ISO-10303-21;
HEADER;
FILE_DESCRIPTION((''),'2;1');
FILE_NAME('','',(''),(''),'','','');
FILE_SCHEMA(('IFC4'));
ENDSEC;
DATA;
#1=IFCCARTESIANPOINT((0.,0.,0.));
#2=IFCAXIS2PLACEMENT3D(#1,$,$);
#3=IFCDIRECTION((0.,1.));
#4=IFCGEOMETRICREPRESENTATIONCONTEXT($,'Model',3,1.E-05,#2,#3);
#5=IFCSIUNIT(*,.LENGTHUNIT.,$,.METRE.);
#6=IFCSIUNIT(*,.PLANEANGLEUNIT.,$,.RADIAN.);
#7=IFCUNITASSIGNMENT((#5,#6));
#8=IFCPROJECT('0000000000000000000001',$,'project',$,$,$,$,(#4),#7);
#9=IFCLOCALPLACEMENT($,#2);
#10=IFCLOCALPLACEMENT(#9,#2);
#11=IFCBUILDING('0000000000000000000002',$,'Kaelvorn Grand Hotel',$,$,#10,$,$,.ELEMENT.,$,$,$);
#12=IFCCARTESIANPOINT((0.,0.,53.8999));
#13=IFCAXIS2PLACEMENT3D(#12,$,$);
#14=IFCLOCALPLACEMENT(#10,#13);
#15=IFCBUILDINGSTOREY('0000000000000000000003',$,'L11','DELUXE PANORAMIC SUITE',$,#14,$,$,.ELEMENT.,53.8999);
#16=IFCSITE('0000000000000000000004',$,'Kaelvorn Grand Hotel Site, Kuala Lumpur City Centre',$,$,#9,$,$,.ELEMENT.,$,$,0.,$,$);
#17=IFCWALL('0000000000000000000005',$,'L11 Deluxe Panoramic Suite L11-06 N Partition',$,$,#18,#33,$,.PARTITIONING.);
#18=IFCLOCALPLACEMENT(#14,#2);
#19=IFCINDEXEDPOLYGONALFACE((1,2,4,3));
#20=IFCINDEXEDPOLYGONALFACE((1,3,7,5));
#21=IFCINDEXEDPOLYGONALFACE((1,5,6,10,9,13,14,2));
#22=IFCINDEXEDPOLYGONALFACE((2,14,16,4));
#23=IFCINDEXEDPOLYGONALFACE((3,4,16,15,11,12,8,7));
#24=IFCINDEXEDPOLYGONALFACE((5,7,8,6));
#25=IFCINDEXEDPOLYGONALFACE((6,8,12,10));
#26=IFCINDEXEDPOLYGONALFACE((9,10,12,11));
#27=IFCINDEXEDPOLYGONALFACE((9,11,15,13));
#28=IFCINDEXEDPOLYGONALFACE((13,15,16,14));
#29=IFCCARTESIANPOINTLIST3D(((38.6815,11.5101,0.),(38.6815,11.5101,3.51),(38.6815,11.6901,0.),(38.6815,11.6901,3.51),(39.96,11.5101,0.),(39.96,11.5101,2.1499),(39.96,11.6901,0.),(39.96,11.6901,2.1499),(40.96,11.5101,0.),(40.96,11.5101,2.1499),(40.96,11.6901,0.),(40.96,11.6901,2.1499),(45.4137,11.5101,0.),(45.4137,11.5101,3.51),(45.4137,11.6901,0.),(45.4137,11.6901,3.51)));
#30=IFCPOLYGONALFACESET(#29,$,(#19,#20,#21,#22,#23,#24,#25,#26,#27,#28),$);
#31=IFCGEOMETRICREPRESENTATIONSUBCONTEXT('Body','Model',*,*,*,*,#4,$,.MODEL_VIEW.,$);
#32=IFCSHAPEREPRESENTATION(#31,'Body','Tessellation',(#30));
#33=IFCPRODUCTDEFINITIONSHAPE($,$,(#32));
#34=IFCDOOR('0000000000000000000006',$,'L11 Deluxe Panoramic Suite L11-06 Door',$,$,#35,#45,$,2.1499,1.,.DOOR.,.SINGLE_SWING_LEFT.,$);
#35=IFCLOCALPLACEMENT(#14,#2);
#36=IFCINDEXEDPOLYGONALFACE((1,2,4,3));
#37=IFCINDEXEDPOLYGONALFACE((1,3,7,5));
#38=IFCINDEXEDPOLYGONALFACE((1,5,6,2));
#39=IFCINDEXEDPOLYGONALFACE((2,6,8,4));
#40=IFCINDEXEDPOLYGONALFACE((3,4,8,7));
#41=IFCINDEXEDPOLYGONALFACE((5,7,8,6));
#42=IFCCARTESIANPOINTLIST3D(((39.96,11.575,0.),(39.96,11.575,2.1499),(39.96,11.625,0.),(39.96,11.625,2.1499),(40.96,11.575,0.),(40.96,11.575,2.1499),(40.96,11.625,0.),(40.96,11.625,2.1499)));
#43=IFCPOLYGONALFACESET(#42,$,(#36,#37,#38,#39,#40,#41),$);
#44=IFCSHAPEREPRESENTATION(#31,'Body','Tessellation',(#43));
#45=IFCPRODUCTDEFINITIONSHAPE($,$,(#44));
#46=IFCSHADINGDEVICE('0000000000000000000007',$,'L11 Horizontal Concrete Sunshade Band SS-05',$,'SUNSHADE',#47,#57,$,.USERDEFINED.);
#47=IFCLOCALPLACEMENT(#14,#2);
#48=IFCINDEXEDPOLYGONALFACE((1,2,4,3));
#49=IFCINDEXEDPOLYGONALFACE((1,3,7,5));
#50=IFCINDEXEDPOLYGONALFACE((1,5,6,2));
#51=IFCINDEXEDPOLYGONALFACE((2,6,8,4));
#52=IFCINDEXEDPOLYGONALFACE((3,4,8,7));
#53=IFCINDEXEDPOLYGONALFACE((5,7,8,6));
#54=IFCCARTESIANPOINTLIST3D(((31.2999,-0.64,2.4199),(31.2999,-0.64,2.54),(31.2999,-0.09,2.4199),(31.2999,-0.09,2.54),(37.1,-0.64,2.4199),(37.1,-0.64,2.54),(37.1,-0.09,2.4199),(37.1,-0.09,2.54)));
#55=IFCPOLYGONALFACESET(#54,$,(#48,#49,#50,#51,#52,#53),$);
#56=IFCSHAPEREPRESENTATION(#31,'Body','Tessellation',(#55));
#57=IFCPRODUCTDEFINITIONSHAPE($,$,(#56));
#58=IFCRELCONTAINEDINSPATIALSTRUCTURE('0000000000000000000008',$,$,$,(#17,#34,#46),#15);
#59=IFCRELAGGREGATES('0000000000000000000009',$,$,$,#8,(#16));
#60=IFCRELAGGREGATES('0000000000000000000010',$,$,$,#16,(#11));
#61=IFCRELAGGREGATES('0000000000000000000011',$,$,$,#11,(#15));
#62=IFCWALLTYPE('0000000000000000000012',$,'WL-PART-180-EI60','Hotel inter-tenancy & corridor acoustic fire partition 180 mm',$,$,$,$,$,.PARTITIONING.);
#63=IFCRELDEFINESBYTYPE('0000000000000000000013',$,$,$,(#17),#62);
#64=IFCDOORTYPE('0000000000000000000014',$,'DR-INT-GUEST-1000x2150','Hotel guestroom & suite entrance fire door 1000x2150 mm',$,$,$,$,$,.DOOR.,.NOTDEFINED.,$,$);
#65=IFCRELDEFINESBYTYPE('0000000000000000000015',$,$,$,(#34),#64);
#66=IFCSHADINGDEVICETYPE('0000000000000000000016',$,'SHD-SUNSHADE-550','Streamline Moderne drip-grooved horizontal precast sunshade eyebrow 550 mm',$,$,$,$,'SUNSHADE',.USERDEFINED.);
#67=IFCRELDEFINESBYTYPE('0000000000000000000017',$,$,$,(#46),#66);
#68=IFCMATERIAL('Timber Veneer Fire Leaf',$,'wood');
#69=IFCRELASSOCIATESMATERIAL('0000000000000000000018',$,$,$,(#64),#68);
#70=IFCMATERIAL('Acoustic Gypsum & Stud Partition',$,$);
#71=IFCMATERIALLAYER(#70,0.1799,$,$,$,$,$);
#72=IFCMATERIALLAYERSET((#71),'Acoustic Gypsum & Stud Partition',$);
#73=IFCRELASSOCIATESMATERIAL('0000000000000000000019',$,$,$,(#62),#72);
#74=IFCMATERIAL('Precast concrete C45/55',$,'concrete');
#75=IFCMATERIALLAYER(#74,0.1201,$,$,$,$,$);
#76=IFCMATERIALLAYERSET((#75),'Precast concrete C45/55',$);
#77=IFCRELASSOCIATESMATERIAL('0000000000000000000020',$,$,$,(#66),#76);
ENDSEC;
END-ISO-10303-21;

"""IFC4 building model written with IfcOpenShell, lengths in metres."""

from ifc_helpers import new_model, si_unit, direction, frame, frame_2d, origin, origin_2d, place, context, subcontext, project, spatial, rectangle, extrude, material, layer, layer_set, type_object, element, fill, save


model = new_model("IFC4")

# Units and contexts
model_context = context("Model", 3, precision=1e-05, world=origin(), true_north=direction((0.0, 1.0)))
body_context = subcontext(model_context, "Body", "Model", "MODEL_VIEW")
ifc_project = project(units=[si_unit("LENGTHUNIT", "METRE"), si_unit("PLANEANGLEUNIT", "RADIAN")], contexts=[model_context])

# Site, building, storey
site_placement = place(None, origin())
site = spatial("IfcSite", under=ifc_project, at=site_placement, Name="Kaelvorn Grand Hotel Site, Kuala Lumpur City Centre", CompositionType="ELEMENT", RefElevation=0.0)
building_placement = place(site_placement, origin())
building = spatial("IfcBuilding", under=site, at=building_placement, Name="Kaelvorn Grand Hotel", CompositionType="ELEMENT")
storey_placement = place(building_placement, frame((0.0, 0.0, 53.8999)))
storey = spatial("IfcBuildingStorey", under=building, at=storey_placement, Name="L11", Description="DELUXE PANORAMIC SUITE", CompositionType="ELEMENT", Elevation=53.8999)

# Shared definitions
ifc_material_1 = material(Name="Acoustic Gypsum & Stud Partition")
ifc_material_2 = material(Name="Timber Veneer Fire Leaf", Category="wood")
door_type_1 = type_object("IfcDoorType", Name="DR-INT-GUEST-1000x2150", Description="Hotel guestroom & suite entrance fire door 1000x2150 mm", OperationType="NOTDEFINED", PredefinedType="DOOR", material=ifc_material_2)

# Shared definitions
ifc_layer_1 = layer(ifc_material_1, 0.1799)
ifc_layer_set_1 = layer_set([ifc_layer_1], Name="Acoustic Gypsum & Stud Partition")
wall_type_1 = type_object("IfcWallType", Name="WL-PART-180-EI60", Description="Hotel inter-tenancy & corridor acoustic fire partition 180 mm", PredefinedType="PARTITIONING", material=ifc_layer_set_1)

# Wall, opening, door
wall_1_placement = place(storey_placement, frame((38.6814, 11.6001, 0.0), z_axis=(0.0, 0.0, 1.0), x_axis=(1.0, 0.0, 0.0)))
wall_1 = element("IfcWall", 1, at=wall_1_placement, inside=storey, type_object=wall_type_1, Name="L11 Deluxe Panoramic Suite L11-06 N Partition", PredefinedType="PARTITIONING", context=body_context, shape_type="SweptSolid", body=[
    extrude(rectangle(XDim=6.7322, YDim=0.1799, at=frame_2d((3.3662, 0.0))), origin(), (0.0, 0.0, 1.0), 3.51),
])
opening_1_placement = place(wall_1_placement, frame((1.2786, 0.0, 0.0)))
opening_1 = element("IfcOpeningElement", 2, at=opening_1_placement, cuts=wall_1, PredefinedType="OPENING", context=body_context, shape_type="SweptSolid", body=[
    extrude(rectangle(XDim=1.0, YDim=2.1499, at=frame_2d((0.5, 1.075))), frame((0.0, 0.1001, 0.0), z_axis=(0.0, -1.0, 0.0), x_axis=(1.0, 0.0, 0.0)), (0.0, 0.0, 1.0), 0.2),
])
door_1_placement = place(opening_1_placement, origin())
door_1 = element("IfcDoor", 3, at=door_1_placement, inside=storey, type_object=door_type_1, Name="L11 Deluxe Panoramic Suite L11-06 Door", OperationType="SINGLE_SWING_LEFT", OverallHeight=2.1499, OverallWidth=1.0, PredefinedType="DOOR", context=body_context, shape_type="SweptSolid", body=[
    extrude(rectangle(XDim=1.0, YDim=2.1499, at=frame_2d((0.5, 1.075))), frame((0.0, 0.0249, 0.0), z_axis=(0.0, -1.0, 0.0), x_axis=(1.0, 0.0, 0.0)), (0.0, 0.0, 1.0), 0.05),
])
fill(opening_1, door_1)

# Shading device
ifc_material_3 = material(Name="Precast concrete C45/55", Category="concrete")
ifc_layer_2 = layer(ifc_material_3, 0.1201)
ifc_layer_set_2 = layer_set([ifc_layer_2], Name="Precast concrete C45/55")
shading_device_type = type_object("IfcShadingDeviceType", Name="SHD-SUNSHADE-550", Description="Streamline Moderne drip-grooved horizontal precast sunshade eyebrow 550 mm", ElementType="SUNSHADE", PredefinedType="USERDEFINED", material=ifc_layer_set_2)
shading_device_placement = place(storey_placement, frame((34.2, -0.365, 2.4199), z_axis=(0.0, 0.0, 1.0), x_axis=(1.0, 0.0, 0.0)))
element("IfcShadingDevice", 4, at=shading_device_placement, inside=storey, type_object=shading_device_type, Name="L11 Horizontal Concrete Sunshade Band SS-05", ObjectType="SUNSHADE", PredefinedType="USERDEFINED", context=body_context, shape_type="SweptSolid", body=[
    extrude(rectangle(XDim=5.8, YDim=0.55, at=origin_2d()), origin(), (0.0, 0.0, 1.0), 0.1201),
])

save(model, "model.ifc")
